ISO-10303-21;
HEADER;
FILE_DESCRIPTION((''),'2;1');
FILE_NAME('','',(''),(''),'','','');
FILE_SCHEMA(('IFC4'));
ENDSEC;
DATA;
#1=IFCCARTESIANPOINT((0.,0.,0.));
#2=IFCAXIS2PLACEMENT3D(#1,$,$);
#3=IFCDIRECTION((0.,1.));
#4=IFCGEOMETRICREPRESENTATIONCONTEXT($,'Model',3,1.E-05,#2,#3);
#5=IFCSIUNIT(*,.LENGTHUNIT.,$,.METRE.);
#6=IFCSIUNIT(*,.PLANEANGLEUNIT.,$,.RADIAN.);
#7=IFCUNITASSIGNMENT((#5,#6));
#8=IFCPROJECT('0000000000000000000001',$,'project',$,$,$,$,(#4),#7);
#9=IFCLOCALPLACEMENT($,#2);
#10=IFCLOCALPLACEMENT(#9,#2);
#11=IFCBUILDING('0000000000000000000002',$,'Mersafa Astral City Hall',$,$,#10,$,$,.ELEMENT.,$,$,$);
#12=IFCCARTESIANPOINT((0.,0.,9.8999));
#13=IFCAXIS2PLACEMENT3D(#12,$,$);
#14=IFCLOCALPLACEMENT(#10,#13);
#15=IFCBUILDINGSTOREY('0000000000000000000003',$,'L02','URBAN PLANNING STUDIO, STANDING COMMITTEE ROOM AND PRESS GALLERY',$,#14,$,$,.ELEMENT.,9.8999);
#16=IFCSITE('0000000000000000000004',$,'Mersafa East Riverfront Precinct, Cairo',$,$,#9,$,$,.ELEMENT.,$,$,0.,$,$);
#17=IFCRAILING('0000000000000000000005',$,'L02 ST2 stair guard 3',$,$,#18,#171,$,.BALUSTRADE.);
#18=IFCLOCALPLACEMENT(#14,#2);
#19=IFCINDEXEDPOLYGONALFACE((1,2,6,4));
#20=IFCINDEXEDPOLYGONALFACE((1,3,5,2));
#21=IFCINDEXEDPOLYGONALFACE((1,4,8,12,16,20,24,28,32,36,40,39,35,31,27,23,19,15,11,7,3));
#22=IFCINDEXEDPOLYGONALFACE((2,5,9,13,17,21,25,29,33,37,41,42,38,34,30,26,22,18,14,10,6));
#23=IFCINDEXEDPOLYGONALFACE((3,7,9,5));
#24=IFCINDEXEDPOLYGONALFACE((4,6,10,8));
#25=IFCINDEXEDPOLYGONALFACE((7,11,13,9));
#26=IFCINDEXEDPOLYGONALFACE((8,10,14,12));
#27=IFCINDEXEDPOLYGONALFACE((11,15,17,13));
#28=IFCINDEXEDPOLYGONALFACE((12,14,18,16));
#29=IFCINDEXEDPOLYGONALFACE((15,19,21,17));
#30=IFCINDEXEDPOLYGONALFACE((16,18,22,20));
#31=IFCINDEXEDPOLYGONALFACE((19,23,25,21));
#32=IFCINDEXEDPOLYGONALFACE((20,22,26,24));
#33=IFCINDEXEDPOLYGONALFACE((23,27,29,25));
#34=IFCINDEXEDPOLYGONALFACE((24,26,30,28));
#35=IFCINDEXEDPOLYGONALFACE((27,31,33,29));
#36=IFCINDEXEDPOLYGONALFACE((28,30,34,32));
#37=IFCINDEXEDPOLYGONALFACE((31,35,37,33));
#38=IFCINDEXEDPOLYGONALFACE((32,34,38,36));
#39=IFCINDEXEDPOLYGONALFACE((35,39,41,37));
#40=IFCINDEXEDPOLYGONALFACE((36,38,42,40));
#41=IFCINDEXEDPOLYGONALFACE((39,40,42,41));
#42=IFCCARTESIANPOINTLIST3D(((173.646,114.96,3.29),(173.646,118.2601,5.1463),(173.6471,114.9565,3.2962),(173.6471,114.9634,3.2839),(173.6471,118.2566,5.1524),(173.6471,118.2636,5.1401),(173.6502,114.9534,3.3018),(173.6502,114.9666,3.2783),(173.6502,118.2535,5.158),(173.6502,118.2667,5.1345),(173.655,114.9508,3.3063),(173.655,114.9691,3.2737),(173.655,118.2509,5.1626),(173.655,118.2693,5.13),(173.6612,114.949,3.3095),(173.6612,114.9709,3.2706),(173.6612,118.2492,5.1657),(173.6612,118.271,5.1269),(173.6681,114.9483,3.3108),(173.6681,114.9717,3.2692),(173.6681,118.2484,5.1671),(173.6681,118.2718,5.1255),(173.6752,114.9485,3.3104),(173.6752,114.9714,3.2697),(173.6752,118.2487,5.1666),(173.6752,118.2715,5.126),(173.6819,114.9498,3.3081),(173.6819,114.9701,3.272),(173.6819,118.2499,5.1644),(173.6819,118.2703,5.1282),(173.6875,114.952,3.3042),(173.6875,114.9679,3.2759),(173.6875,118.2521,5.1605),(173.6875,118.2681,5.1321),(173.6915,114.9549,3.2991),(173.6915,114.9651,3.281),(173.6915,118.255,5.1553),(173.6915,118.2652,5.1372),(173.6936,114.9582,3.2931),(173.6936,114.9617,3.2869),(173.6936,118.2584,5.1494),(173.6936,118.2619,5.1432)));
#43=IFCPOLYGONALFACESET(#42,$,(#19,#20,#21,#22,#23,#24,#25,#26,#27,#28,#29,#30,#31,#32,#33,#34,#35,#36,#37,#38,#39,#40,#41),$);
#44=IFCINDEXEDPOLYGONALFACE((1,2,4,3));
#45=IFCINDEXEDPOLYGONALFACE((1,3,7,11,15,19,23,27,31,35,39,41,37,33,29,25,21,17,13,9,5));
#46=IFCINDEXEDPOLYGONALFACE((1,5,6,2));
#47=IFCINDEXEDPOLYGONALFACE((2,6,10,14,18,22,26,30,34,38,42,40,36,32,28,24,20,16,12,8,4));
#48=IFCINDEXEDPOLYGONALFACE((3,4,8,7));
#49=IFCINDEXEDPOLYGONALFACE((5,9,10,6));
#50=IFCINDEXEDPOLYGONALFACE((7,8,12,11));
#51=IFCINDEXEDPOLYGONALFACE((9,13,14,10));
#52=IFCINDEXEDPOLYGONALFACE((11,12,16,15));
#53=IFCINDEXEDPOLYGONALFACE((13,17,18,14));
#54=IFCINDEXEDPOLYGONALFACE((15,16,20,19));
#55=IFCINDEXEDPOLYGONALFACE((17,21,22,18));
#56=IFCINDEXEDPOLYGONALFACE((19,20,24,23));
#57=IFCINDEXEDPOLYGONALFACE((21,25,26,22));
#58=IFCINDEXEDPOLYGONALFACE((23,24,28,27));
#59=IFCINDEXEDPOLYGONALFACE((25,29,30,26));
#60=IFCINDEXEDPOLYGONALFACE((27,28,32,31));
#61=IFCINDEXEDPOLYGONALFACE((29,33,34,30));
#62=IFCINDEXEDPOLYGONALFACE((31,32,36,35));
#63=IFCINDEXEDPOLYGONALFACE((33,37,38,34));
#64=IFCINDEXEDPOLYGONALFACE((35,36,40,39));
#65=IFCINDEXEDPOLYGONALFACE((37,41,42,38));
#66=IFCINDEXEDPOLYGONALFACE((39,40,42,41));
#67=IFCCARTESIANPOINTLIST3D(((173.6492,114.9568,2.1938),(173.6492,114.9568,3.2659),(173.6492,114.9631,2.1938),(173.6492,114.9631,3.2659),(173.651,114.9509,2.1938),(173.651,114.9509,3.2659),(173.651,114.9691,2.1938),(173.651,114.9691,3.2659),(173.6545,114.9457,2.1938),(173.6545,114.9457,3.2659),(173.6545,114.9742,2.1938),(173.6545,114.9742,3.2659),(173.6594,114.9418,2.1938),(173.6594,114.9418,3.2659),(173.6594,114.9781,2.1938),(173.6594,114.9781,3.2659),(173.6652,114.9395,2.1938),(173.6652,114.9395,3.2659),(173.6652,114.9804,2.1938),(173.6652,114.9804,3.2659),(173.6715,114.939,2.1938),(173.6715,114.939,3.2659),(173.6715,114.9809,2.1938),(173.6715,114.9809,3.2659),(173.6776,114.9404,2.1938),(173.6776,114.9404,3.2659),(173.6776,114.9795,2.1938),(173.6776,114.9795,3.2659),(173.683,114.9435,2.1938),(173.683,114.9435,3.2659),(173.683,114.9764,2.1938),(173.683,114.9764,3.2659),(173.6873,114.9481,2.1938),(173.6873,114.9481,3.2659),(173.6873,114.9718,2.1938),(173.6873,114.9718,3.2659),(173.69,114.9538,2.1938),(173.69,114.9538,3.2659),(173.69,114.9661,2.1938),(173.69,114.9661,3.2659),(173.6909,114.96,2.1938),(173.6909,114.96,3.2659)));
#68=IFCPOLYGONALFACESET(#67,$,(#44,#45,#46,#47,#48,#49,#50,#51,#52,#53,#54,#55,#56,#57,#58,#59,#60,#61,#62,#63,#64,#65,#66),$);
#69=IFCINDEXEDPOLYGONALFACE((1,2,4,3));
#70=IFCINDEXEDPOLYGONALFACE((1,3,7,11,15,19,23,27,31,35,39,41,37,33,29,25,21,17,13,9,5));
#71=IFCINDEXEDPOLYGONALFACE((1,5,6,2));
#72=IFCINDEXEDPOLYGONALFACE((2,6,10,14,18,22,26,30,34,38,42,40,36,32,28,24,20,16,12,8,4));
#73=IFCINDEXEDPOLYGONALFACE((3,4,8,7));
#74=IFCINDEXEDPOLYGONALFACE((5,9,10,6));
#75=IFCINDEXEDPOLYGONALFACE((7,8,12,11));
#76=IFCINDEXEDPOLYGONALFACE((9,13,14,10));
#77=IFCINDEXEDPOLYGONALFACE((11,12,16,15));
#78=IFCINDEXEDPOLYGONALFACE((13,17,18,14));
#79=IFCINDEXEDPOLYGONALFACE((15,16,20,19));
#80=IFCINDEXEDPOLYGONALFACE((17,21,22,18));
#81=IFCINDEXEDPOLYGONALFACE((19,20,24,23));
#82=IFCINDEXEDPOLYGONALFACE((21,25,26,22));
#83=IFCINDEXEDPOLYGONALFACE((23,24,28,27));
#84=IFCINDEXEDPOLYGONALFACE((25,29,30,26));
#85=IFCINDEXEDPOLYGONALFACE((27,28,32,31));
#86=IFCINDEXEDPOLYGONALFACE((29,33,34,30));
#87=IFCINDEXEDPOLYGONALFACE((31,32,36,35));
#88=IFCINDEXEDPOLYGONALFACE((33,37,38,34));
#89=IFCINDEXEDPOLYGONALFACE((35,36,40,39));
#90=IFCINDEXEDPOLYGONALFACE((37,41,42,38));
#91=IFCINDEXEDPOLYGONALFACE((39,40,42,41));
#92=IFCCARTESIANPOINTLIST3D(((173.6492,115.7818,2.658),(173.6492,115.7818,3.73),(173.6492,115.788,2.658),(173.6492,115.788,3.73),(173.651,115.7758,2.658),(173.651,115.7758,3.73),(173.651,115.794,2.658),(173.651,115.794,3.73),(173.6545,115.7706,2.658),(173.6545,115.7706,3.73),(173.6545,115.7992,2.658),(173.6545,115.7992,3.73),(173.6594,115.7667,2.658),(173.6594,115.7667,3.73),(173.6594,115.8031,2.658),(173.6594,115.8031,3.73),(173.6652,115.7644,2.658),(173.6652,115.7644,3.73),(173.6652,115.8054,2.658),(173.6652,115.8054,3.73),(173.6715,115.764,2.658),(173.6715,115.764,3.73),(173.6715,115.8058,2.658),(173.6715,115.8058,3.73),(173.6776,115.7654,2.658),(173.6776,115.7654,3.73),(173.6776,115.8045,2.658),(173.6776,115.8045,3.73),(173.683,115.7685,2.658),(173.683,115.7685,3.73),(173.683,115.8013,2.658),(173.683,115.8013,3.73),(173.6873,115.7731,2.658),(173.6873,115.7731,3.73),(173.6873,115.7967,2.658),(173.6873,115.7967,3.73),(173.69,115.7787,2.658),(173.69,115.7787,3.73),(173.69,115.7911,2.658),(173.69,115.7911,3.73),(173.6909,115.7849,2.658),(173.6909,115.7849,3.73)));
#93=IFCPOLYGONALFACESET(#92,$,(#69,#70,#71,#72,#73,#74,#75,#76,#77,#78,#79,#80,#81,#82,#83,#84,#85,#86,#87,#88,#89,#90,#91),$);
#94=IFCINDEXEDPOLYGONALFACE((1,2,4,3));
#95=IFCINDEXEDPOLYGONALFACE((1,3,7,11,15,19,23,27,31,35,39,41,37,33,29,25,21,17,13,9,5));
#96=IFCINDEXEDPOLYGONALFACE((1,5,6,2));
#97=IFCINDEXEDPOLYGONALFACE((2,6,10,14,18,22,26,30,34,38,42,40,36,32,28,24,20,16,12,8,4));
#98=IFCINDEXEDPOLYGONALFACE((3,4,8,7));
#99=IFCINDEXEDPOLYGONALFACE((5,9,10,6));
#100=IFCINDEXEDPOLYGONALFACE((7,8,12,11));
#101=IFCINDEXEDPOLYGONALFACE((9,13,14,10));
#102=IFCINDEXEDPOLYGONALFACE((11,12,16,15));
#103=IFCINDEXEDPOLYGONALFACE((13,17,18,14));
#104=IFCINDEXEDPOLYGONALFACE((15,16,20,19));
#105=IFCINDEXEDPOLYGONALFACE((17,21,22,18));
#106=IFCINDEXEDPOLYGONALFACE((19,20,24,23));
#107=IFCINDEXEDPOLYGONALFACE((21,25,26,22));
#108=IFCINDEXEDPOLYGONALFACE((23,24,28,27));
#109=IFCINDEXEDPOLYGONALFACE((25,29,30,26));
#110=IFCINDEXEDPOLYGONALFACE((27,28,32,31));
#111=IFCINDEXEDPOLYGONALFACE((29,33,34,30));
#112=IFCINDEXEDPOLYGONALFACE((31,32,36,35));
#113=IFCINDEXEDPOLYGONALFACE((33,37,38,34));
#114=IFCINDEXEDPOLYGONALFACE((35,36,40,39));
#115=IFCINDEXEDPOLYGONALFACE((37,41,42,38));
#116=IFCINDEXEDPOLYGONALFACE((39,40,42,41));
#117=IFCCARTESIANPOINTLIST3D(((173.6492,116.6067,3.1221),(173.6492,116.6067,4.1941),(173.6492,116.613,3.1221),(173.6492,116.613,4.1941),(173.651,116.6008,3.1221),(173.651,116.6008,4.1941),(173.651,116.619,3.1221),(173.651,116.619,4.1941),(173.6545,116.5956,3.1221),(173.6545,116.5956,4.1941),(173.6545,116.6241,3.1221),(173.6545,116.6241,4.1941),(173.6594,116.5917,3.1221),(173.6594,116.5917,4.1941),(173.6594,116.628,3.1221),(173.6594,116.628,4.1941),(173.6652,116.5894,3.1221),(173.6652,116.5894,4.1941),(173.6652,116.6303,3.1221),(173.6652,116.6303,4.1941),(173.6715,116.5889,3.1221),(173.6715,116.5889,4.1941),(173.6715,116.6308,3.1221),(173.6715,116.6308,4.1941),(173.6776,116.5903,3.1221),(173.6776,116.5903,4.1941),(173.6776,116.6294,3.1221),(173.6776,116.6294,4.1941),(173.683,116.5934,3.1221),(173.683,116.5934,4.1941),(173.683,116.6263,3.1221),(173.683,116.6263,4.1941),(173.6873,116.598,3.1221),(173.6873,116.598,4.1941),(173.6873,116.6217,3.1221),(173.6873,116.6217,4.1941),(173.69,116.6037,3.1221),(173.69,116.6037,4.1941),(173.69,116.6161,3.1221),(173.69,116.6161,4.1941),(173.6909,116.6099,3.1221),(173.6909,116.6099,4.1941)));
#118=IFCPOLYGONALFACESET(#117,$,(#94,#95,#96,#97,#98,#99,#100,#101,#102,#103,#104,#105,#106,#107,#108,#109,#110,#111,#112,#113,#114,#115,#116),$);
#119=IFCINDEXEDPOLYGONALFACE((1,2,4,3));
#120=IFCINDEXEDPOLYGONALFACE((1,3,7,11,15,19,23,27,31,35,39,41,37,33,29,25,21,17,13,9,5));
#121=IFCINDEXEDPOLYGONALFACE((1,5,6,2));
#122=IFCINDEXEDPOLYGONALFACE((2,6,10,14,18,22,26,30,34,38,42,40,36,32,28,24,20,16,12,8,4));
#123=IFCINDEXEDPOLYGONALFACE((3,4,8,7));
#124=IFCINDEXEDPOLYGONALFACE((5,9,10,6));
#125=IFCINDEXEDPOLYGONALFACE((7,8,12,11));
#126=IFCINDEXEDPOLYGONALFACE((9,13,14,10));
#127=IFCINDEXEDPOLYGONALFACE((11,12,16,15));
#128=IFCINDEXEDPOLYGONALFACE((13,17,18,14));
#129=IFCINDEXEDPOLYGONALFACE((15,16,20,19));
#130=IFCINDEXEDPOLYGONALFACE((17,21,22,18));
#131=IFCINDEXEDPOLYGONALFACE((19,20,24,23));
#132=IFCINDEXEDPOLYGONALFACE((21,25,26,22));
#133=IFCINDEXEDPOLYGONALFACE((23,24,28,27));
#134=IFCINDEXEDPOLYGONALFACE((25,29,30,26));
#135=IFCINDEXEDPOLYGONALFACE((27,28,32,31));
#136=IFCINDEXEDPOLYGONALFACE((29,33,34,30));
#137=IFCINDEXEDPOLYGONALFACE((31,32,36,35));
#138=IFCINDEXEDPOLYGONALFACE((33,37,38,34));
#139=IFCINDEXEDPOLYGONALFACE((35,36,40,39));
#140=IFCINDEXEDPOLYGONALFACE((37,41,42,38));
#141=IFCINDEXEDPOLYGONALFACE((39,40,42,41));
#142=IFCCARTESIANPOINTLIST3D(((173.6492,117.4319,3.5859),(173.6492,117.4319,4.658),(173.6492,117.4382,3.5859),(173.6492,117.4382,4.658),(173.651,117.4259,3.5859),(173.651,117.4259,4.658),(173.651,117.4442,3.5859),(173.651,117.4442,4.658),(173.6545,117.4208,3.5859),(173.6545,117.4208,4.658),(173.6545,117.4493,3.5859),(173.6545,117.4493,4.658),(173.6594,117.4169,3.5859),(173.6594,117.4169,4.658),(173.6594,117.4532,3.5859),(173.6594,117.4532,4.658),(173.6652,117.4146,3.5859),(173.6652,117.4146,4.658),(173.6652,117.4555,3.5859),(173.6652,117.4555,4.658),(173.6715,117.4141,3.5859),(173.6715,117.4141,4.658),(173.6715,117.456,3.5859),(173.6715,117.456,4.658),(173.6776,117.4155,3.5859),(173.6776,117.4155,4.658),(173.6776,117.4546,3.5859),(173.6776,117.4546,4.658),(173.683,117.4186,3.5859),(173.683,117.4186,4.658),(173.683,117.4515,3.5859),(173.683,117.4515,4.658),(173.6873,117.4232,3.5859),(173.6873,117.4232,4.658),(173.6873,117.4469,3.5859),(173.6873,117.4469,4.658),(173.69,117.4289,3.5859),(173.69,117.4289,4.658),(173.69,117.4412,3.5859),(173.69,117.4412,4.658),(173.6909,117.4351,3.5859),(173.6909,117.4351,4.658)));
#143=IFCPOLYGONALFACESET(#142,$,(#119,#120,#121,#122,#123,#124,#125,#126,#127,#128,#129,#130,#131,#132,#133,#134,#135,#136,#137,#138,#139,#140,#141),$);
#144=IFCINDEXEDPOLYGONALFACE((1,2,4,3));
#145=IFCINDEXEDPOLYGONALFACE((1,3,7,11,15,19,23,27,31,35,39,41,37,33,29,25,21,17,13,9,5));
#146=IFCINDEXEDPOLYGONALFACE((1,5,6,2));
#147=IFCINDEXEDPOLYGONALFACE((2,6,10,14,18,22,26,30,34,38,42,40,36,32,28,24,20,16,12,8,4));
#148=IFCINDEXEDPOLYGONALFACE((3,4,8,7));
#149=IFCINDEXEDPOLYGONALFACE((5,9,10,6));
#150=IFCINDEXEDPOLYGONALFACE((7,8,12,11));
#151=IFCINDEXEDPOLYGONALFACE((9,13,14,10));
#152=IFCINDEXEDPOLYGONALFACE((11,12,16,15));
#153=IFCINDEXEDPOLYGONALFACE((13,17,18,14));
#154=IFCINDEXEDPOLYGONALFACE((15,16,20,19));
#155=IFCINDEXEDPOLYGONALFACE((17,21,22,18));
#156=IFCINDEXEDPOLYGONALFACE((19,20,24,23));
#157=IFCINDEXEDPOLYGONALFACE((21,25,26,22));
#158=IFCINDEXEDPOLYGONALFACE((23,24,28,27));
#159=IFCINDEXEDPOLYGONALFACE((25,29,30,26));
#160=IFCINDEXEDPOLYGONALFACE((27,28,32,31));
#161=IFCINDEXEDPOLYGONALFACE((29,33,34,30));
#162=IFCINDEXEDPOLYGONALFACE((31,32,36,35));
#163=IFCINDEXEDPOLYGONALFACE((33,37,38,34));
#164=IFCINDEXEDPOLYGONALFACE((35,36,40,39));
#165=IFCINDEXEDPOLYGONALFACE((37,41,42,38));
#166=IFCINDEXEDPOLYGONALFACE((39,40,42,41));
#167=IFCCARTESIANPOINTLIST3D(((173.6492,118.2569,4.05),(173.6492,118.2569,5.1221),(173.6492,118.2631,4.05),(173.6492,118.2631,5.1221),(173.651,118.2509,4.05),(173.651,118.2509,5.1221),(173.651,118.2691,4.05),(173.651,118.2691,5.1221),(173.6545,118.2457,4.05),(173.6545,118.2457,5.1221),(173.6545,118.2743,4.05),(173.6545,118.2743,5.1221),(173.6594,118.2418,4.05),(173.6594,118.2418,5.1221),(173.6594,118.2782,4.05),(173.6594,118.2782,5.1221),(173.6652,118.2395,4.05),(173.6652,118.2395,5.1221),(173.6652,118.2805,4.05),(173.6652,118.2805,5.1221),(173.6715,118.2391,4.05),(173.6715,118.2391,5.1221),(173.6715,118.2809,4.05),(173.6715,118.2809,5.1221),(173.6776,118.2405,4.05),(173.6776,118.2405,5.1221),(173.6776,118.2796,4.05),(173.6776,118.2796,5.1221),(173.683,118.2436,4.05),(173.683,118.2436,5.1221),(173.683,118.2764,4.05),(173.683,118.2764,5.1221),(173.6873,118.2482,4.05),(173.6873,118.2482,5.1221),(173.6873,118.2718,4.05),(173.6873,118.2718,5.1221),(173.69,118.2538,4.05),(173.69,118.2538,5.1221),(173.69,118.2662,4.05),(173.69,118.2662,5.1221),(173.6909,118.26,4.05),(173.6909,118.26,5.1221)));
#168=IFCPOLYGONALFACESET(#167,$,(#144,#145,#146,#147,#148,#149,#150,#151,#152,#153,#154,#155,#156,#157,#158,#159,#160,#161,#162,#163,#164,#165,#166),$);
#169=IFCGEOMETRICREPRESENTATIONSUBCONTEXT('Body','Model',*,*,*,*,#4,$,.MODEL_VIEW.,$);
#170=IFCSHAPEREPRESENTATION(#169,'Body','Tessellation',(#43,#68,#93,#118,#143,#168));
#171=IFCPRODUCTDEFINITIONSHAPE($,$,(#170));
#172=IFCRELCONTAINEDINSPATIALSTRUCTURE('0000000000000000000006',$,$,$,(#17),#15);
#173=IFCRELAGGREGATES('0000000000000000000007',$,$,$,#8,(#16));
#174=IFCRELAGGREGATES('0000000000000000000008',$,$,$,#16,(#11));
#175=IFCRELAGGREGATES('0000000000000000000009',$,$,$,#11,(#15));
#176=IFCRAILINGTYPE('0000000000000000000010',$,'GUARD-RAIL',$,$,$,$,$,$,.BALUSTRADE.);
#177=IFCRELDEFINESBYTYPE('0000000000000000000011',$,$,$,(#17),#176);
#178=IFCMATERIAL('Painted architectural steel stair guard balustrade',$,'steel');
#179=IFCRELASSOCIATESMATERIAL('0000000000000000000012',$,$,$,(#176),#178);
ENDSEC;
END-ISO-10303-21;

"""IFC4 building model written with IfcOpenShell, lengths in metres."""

from ifc_helpers import new_model, si_unit, direction, frame, origin, origin_2d, place, context, subcontext, project, spatial, circle, extrude, material, type_object, element, save


model = new_model("IFC4")

# Units and contexts
model_context = context("Model", 3, precision=1e-05, world=origin(), true_north=direction((0.0, 1.0)))
body_context = subcontext(model_context, "Body", "Model", "MODEL_VIEW")
ifc_project = project(units=[si_unit("LENGTHUNIT", "METRE"), si_unit("PLANEANGLEUNIT", "RADIAN")], contexts=[model_context])

# Site, building, storey
site_placement = place(None, origin())
site = spatial("IfcSite", under=ifc_project, at=site_placement, Name="Mersafa East Riverfront Precinct, Cairo", CompositionType="ELEMENT", RefElevation=0.0)
building_placement = place(site_placement, origin())
building = spatial("IfcBuilding", under=site, at=building_placement, Name="Mersafa Astral City Hall", CompositionType="ELEMENT")
storey_placement = place(building_placement, frame((0.0, 0.0, 9.8999)))
storey = spatial("IfcBuildingStorey", under=building, at=storey_placement, Name="L02", Description="URBAN PLANNING STUDIO, STANDING COMMITTEE ROOM AND PRESS GALLERY", CompositionType="ELEMENT", Elevation=9.8999)

# Railing
ifc_material_1 = material(Name="Painted architectural steel stair guard balustrade", Category="steel")
railing_type_1 = type_object("IfcRailingType", Name="GUARD-RAIL", PredefinedType="BALUSTRADE", material=ifc_material_1)
railing_1_placement = place(storey_placement, frame((173.6699, 114.96, 2.1938)))
element("IfcRailing", 1, at=railing_1_placement, inside=storey, type_object=railing_type_1, Name="L02 ST2 stair guard 3", PredefinedType="BALUSTRADE", context=body_context, shape_type="SweptSolid", body=[
    extrude(circle(Radius=0.0239, at=origin_2d()), frame((0.0, 0.0, 1.0962), z_axis=(0.0, 0.871584, 0.490246), x_axis=(-1.0, 0.0, 0.0)), (0.0, 0.0, 1.0), 3.7864),
    extrude(circle(Radius=0.021, at=origin_2d()), origin(), (0.0, 0.0, 1.0), 1.072),
    extrude(circle(Radius=0.021, at=origin_2d()), frame((0.0, 0.825, 0.4641)), (0.0, 0.0, 1.0), 1.072),
    extrude(circle(Radius=0.021, at=origin_2d()), frame((0.0, 1.6499, 0.9282)), (0.0, 0.0, 1.0), 1.072),
    extrude(circle(Radius=0.021, at=origin_2d()), frame((0.0, 2.4751, 1.3921)), (0.0, 0.0, 1.0), 1.072),
    extrude(circle(Radius=0.021, at=origin_2d()), frame((0.0, 3.3, 1.8562)), (0.0, 0.0, 1.0), 1.072),
])

save(model, "model.ifc")
